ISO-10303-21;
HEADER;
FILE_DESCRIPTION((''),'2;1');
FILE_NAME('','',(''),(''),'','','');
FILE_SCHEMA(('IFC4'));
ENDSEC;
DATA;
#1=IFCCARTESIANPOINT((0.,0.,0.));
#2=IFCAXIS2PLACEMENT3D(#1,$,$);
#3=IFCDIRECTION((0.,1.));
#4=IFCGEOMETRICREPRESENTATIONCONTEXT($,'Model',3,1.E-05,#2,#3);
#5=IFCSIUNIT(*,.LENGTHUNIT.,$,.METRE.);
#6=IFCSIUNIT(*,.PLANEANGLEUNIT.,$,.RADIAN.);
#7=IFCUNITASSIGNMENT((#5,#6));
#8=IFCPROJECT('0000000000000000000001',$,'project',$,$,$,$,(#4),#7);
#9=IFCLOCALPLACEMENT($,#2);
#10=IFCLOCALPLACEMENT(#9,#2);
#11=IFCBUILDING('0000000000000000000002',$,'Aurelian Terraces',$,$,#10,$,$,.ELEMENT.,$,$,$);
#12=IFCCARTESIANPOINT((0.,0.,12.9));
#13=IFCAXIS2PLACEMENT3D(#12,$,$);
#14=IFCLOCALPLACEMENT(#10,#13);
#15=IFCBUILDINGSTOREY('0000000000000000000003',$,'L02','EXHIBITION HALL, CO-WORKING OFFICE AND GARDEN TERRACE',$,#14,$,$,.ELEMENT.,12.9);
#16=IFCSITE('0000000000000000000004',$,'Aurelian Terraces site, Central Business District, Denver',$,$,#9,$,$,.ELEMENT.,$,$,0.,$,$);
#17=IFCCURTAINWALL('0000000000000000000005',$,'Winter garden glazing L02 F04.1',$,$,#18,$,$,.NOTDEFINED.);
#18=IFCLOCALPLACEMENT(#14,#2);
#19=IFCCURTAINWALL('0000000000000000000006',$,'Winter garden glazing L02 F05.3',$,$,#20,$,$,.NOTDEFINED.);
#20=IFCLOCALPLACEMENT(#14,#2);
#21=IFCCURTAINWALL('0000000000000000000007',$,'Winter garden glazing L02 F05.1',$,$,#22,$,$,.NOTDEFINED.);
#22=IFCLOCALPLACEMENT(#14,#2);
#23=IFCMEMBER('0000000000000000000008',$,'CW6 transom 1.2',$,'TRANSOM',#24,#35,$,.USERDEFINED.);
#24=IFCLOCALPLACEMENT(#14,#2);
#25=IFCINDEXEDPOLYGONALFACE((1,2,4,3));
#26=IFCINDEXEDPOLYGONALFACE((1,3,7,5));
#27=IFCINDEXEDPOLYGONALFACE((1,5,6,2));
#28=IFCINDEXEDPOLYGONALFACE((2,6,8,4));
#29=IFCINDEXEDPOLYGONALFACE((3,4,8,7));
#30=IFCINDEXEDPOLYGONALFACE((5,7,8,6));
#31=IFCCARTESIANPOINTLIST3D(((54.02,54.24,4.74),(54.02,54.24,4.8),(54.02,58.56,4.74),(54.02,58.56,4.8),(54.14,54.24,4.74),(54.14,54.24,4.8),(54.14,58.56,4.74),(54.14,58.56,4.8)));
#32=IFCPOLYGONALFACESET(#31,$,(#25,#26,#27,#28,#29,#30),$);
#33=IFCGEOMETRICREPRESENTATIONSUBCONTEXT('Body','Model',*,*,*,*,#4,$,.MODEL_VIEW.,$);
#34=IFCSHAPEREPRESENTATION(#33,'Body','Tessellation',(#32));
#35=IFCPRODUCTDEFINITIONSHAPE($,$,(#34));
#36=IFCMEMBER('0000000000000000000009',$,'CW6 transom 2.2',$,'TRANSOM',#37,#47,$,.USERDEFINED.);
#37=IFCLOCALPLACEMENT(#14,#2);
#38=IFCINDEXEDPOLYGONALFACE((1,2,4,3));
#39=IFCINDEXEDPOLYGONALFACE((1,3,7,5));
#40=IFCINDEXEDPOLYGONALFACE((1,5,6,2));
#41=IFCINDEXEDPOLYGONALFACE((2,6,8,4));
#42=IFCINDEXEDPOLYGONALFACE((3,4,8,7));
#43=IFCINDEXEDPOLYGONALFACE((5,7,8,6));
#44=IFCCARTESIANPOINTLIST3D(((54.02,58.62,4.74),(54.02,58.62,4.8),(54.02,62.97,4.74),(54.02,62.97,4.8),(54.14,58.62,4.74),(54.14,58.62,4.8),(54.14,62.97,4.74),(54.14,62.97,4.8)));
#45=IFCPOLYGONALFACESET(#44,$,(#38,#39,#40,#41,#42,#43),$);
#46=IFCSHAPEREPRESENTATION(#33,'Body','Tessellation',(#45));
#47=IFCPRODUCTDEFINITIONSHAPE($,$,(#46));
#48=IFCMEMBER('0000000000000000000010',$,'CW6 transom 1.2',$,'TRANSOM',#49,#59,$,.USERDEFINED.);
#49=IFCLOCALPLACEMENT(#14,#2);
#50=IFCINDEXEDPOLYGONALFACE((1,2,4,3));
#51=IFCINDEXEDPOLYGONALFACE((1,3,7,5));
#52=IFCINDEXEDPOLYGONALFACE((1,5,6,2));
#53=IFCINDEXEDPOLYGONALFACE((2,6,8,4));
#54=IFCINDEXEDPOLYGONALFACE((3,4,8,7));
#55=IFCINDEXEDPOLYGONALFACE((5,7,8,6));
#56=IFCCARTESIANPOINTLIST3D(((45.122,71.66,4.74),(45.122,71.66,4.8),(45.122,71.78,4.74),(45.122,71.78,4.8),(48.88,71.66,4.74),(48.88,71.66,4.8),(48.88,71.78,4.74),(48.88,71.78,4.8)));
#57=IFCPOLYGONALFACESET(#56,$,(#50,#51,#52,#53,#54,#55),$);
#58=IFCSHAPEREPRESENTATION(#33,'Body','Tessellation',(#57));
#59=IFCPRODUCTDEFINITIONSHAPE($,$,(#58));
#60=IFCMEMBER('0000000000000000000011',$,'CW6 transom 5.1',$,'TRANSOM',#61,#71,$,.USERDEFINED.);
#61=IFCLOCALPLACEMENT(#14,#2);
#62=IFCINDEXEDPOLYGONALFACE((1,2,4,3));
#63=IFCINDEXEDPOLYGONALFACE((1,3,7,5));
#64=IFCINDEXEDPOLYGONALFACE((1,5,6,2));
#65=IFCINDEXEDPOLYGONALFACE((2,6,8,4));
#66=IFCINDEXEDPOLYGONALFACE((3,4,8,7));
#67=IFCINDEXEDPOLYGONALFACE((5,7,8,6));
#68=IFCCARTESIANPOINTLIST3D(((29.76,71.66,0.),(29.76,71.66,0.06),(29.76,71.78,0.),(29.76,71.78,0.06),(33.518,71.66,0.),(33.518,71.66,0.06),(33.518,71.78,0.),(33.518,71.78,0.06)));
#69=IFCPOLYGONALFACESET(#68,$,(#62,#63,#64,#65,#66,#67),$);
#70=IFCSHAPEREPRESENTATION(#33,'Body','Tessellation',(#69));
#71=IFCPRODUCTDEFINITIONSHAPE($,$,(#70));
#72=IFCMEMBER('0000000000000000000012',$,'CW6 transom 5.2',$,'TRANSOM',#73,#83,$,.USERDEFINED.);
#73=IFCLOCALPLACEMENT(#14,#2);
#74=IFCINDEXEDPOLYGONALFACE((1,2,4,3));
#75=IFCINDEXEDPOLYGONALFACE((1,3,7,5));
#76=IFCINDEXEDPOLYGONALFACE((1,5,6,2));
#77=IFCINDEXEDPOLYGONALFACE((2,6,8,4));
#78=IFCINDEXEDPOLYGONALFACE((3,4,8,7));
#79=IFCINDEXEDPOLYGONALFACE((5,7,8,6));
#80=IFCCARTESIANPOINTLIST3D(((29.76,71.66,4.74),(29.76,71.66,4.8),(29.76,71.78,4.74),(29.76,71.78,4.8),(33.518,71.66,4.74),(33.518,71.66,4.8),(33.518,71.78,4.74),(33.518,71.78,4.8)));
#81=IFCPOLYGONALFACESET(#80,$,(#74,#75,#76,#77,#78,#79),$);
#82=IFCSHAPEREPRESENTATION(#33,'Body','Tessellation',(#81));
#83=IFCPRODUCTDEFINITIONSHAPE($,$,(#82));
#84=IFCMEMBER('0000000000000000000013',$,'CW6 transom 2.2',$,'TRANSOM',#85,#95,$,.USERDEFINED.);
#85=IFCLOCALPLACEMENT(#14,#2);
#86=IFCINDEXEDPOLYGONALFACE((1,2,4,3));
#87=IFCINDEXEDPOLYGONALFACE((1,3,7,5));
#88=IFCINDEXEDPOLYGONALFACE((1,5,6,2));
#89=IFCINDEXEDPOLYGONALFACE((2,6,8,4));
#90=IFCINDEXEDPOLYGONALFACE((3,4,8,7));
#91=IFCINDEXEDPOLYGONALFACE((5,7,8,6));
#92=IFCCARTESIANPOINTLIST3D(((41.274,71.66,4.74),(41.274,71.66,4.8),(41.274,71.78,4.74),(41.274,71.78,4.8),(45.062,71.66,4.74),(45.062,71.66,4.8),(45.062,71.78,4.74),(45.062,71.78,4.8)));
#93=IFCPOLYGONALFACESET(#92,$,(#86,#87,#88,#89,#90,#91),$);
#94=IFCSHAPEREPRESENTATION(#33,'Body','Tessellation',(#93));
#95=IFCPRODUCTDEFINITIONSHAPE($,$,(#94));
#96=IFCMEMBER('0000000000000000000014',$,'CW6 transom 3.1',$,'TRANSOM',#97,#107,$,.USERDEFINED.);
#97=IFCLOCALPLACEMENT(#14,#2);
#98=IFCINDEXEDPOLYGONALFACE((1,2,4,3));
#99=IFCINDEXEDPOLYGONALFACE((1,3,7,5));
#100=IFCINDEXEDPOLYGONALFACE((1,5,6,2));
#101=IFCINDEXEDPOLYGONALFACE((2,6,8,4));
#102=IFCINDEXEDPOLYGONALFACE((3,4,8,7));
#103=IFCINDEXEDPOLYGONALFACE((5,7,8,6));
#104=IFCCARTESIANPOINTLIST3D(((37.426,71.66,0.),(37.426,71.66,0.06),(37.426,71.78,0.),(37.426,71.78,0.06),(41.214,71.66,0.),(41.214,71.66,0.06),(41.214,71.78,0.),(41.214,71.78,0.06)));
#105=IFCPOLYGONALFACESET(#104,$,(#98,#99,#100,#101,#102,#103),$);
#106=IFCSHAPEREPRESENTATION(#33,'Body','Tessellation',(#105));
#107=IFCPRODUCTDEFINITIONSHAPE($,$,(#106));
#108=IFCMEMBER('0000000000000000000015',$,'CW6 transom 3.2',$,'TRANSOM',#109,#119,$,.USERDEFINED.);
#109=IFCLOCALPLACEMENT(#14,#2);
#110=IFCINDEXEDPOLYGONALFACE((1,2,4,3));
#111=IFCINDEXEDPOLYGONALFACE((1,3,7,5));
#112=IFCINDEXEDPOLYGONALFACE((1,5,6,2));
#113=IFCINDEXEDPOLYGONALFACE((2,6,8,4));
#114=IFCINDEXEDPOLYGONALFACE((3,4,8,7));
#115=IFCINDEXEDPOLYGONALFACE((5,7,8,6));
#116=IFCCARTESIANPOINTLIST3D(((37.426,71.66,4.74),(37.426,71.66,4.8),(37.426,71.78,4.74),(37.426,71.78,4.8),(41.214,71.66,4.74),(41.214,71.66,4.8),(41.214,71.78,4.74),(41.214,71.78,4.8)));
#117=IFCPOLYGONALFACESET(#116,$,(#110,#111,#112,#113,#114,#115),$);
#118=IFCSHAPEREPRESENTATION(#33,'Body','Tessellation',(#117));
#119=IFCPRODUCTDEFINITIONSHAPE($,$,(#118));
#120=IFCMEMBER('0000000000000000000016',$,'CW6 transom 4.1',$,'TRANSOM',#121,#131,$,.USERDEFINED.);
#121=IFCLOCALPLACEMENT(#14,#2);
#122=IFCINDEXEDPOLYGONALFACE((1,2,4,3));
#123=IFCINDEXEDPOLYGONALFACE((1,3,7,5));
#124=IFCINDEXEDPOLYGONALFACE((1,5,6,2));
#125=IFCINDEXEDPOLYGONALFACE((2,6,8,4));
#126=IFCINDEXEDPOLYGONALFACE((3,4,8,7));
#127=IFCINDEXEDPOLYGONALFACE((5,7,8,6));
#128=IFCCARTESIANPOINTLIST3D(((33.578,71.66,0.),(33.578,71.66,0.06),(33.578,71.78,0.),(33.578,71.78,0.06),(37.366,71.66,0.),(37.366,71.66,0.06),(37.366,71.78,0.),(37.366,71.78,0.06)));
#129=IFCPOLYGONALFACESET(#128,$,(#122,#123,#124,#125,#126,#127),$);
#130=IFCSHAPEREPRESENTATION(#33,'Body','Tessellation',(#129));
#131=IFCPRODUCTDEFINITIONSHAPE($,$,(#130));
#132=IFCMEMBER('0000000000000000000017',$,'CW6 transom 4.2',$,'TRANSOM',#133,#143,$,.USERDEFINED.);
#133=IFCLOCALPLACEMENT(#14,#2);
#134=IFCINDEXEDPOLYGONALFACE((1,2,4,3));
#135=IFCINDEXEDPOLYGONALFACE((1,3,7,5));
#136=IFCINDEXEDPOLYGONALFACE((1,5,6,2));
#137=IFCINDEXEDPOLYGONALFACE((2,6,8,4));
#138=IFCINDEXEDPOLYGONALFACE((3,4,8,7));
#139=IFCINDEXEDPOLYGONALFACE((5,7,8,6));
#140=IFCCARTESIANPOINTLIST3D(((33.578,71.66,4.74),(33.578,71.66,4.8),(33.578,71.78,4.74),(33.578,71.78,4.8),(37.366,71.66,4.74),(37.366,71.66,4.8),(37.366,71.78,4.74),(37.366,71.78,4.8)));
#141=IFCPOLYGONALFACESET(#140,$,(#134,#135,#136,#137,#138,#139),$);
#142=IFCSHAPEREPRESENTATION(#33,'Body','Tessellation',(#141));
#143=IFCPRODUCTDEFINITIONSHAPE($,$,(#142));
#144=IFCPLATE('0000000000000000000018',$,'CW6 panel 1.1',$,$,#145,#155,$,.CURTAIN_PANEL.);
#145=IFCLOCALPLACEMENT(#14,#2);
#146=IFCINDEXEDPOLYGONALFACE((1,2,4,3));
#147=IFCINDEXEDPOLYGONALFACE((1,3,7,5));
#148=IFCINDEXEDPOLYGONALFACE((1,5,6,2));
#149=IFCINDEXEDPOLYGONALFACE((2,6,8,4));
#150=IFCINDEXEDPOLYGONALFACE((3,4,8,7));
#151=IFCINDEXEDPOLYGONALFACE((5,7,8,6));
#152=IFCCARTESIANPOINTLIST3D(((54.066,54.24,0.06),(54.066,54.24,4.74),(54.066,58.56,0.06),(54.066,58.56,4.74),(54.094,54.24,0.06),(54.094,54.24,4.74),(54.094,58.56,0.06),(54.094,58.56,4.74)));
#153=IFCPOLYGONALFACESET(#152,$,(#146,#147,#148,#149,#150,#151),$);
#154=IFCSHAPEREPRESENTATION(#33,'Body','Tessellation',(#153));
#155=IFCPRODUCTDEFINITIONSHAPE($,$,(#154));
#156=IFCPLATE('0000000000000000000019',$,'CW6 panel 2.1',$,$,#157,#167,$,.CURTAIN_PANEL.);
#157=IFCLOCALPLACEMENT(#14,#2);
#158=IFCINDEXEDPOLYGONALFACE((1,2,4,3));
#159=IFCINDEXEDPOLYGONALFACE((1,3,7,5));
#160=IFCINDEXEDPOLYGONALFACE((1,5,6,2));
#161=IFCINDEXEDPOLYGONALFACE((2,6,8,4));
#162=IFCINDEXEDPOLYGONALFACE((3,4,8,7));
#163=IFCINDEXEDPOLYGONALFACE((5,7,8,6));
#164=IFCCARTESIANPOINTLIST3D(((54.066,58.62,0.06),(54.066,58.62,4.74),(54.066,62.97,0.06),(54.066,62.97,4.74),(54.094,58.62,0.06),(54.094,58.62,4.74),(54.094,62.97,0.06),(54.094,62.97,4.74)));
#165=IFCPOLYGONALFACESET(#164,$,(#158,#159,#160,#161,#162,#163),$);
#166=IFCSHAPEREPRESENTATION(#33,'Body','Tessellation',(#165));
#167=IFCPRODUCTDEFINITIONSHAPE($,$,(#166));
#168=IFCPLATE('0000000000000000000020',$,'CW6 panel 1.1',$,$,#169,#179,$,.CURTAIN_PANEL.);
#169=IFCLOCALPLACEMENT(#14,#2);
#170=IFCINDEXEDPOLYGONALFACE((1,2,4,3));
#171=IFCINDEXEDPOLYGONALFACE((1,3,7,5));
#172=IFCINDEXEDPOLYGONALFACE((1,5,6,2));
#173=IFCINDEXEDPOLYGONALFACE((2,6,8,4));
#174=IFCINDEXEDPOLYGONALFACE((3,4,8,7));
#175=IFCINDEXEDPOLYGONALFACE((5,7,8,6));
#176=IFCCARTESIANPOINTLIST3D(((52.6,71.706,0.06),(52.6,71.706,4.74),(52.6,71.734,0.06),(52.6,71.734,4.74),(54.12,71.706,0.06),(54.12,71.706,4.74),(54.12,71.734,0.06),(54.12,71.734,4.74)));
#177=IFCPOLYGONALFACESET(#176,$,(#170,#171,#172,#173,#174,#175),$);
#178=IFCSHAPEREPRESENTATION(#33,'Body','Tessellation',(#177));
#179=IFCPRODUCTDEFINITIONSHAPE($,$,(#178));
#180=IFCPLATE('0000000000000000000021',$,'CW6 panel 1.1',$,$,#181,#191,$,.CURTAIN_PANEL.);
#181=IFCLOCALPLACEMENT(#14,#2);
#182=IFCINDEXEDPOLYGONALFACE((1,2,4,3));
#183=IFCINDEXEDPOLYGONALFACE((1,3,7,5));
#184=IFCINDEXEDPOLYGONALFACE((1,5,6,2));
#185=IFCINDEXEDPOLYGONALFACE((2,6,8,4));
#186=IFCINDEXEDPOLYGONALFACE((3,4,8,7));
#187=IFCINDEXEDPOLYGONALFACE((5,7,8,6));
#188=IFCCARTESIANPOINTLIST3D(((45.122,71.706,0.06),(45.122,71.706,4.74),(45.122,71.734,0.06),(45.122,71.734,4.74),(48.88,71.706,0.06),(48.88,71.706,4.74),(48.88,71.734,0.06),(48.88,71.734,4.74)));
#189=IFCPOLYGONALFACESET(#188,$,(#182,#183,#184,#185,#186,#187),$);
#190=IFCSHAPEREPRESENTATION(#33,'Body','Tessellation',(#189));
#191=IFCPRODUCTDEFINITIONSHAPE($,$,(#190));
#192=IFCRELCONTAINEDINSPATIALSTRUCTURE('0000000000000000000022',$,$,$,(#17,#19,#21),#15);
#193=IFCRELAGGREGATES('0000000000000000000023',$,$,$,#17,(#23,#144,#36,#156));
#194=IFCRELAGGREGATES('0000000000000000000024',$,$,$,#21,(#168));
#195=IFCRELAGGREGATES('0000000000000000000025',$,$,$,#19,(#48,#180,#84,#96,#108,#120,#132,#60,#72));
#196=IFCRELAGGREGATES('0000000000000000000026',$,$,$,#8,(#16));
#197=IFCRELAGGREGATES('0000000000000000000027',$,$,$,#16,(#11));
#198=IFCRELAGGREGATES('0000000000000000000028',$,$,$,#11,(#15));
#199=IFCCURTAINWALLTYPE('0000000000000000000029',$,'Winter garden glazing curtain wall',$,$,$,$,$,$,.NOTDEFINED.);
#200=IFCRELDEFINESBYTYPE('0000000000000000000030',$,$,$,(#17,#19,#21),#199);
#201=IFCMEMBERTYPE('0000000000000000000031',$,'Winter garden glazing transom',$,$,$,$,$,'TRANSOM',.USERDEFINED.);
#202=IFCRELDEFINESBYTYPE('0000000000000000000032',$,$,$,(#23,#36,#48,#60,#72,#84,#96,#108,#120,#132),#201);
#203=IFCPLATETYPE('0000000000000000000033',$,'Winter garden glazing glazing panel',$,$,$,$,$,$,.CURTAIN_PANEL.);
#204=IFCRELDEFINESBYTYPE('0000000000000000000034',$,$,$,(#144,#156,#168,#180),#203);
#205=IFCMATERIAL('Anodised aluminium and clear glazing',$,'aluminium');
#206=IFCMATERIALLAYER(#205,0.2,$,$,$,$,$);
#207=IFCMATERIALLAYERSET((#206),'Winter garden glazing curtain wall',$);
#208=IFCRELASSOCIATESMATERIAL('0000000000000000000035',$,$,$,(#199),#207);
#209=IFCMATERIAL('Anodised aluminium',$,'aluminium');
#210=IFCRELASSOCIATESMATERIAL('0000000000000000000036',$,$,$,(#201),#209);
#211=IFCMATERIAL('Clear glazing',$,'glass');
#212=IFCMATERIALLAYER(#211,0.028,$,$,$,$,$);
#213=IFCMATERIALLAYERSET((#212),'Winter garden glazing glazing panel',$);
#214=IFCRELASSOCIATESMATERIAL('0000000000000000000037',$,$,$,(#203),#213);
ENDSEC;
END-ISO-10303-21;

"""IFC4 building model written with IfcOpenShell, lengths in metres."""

from ifc_helpers import new_model, si_unit, direction, frame, origin, origin_2d, place, context, subcontext, project, spatial, rectangle, extrude, source, transform, mapped, material, layer, layer_set, material_profile, profile_set, type_object, element, aggregate, save


model = new_model("IFC4")

# Units and contexts
model_context = context("Model", 3, precision=1e-05, world=origin(), true_north=direction((0.0, 1.0)))
body_context = subcontext(model_context, "Body", "Model", "MODEL_VIEW")
ifc_project = project(units=[si_unit("LENGTHUNIT", "METRE"), si_unit("PLANEANGLEUNIT", "RADIAN")], contexts=[model_context])

# Site, building, storey
site_placement = place(None, origin())
site = spatial("IfcSite", under=ifc_project, at=site_placement, Name="Aurelian Terraces site, Central Business District, Denver", CompositionType="ELEMENT", RefElevation=0.0)
building_placement = place(site_placement, origin())
building = spatial("IfcBuilding", under=site, at=building_placement, Name="Aurelian Terraces", CompositionType="ELEMENT")
storey_placement = place(building_placement, frame((0.0, 0.0, 12.9)))
storey = spatial("IfcBuildingStorey", under=building, at=storey_placement, Name="L02", Description="EXHIBITION HALL, CO-WORKING OFFICE AND GARDEN TERRACE", CompositionType="ELEMENT", Elevation=12.9)

# Curtain walls
ifc_material_1 = material(Name="Anodised aluminium and clear glazing", Category="aluminium")
ifc_layer_1 = layer(ifc_material_1, 0.2)
ifc_layer_set_1 = layer_set([ifc_layer_1], Name="Winter garden glazing curtain wall")
curtain_wall_type = type_object("IfcCurtainWallType", Name="Winter garden glazing curtain wall", PredefinedType="NOTDEFINED", material=ifc_layer_set_1)
curtain_wall_1_placement = place(storey_placement, origin())
curtain_wall_1 = element("IfcCurtainWall", 1, at=curtain_wall_1_placement, inside=storey, type_object=curtain_wall_type, Name="Winter garden glazing L02 F04.1", PredefinedType="NOTDEFINED")
ifc_material_2 = material(Name="Anodised aluminium", Category="aluminium")
ifc_material_profile_1 = material_profile(ifc_material_2, rectangle(XDim=0.12, YDim=0.06, at=origin_2d()))
ifc_profile_set_1 = profile_set([ifc_material_profile_1], Name="Anodised aluminium")
member_type_1 = type_object("IfcMemberType", Name="Winter garden glazing transom", ElementType="TRANSOM", PredefinedType="USERDEFINED", material=ifc_profile_set_1)
curtain_wall_2_placement = place(storey_placement, origin())
curtain_wall_2 = element("IfcCurtainWall", 2, at=curtain_wall_2_placement, inside=storey, type_object=curtain_wall_type, Name="Winter garden glazing L02 F05.3", PredefinedType="NOTDEFINED")

# Curtain wall
curtain_wall_3_placement = place(storey_placement, origin())
curtain_wall_3 = element("IfcCurtainWall", 3, at=curtain_wall_3_placement, inside=storey, type_object=curtain_wall_type, Name="Winter garden glazing L02 F05.1", PredefinedType="NOTDEFINED")

# Members
shared_shape_1 = source(origin(), body_context, "Body", "SweptSolid", [
    extrude(rectangle(XDim=0.12, YDim=0.06, at=origin_2d()), origin(), (0.0, 0.0, 1.0), 4.32),
])
member_1_placement = place(storey_placement, frame((54.08, 54.24, 4.77), z_axis=(0.0, 1.0, 0.0), x_axis=(-1.0, 0.0, 0.0)))
member_1 = element("IfcMember", 4, at=member_1_placement, type_object=member_type_1, Name="CW6 transom 1.2", ObjectType="TRANSOM", PredefinedType="USERDEFINED", context=body_context, shape_type="MappedRepresentation", body=[
    mapped(shared_shape_1, transform((0.0, 0.0, 0.0), scale=1.0)),
])
shared_shape_2 = source(origin(), body_context, "Body", "SweptSolid", [
    extrude(rectangle(XDim=0.12, YDim=0.06, at=origin_2d()), origin(), (0.0, 0.0, 1.0), 4.35),
])
member_2_placement = place(storey_placement, frame((54.08, 58.62, 4.77), z_axis=(0.0, 1.0, 0.0), x_axis=(-1.0, 0.0, 0.0)))
member_2 = element("IfcMember", 5, at=member_2_placement, type_object=member_type_1, Name="CW6 transom 2.2", ObjectType="TRANSOM", PredefinedType="USERDEFINED", context=body_context, shape_type="MappedRepresentation", body=[
    mapped(shared_shape_2, transform((0.0, 0.0, 0.0), scale=1.0)),
])
shared_shape_3 = source(origin(), body_context, "Body", "SweptSolid", [
    extrude(rectangle(XDim=0.12, YDim=0.06, at=origin_2d()), origin(), (0.0, 0.0, 1.0), 3.758),
])
member_3_placement = place(storey_placement, frame((48.88, 71.72, 4.77), z_axis=(-1.0, 0.0, 0.0), x_axis=(0.0, -1.0, 0.0)))
member_3 = element("IfcMember", 6, at=member_3_placement, type_object=member_type_1, Name="CW6 transom 1.2", ObjectType="TRANSOM", PredefinedType="USERDEFINED", context=body_context, shape_type="MappedRepresentation", body=[
    mapped(shared_shape_3, transform((0.0, 0.0, 0.0), scale=1.0)),
])
member_4_placement = place(storey_placement, frame((33.518, 71.72, 0.03), z_axis=(-1.0, 0.0, 0.0), x_axis=(0.0, -1.0, 0.0)))
member_4 = element("IfcMember", 7, at=member_4_placement, type_object=member_type_1, Name="CW6 transom 5.1", ObjectType="TRANSOM", PredefinedType="USERDEFINED", context=body_context, shape_type="MappedRepresentation", body=[
    mapped(shared_shape_3, transform((0.0, 0.0, 0.0), scale=1.0)),
])
member_5_placement = place(storey_placement, frame((33.518, 71.72, 4.77), z_axis=(-1.0, 0.0, 0.0), x_axis=(0.0, -1.0, 0.0)))
member_5 = element("IfcMember", 8, at=member_5_placement, type_object=member_type_1, Name="CW6 transom 5.2", ObjectType="TRANSOM", PredefinedType="USERDEFINED", context=body_context, shape_type="MappedRepresentation", body=[
    mapped(shared_shape_3, transform((0.0, 0.0, 0.0), scale=1.0)),
])
shared_shape_4 = source(origin(), body_context, "Body", "SweptSolid", [
    extrude(rectangle(XDim=0.12, YDim=0.06, at=origin_2d()), origin(), (0.0, 0.0, 1.0), 3.788),
])
member_6_placement = place(storey_placement, frame((45.062, 71.72, 4.77), z_axis=(-1.0, 0.0, 0.0), x_axis=(0.0, -1.0, 0.0)))
member_6 = element("IfcMember", 9, at=member_6_placement, type_object=member_type_1, Name="CW6 transom 2.2", ObjectType="TRANSOM", PredefinedType="USERDEFINED", context=body_context, shape_type="MappedRepresentation", body=[
    mapped(shared_shape_4, transform((0.0, 0.0, 0.0), scale=1.0)),
])
member_7_placement = place(storey_placement, frame((41.214, 71.72, 0.03), z_axis=(-1.0, 0.0, 0.0), x_axis=(0.0, -1.0, 0.0)))
member_7 = element("IfcMember", 10, at=member_7_placement, type_object=member_type_1, Name="CW6 transom 3.1", ObjectType="TRANSOM", PredefinedType="USERDEFINED", context=body_context, shape_type="MappedRepresentation", body=[
    mapped(shared_shape_4, transform((0.0, 0.0, 0.0), scale=1.0)),
])
member_8_placement = place(storey_placement, frame((41.214, 71.72, 4.77), z_axis=(-1.0, 0.0, 0.0), x_axis=(0.0, -1.0, 0.0)))
member_8 = element("IfcMember", 11, at=member_8_placement, type_object=member_type_1, Name="CW6 transom 3.2", ObjectType="TRANSOM", PredefinedType="USERDEFINED", context=body_context, shape_type="MappedRepresentation", body=[
    mapped(shared_shape_4, transform((0.0, 0.0, 0.0), scale=1.0)),
])
member_9_placement = place(storey_placement, frame((37.366, 71.72, 0.03), z_axis=(-1.0, 0.0, 0.0), x_axis=(0.0, -1.0, 0.0)))
member_9 = element("IfcMember", 12, at=member_9_placement, type_object=member_type_1, Name="CW6 transom 4.1", ObjectType="TRANSOM", PredefinedType="USERDEFINED", context=body_context, shape_type="MappedRepresentation", body=[
    mapped(shared_shape_4, transform((0.0, 0.0, 0.0), scale=1.0)),
])
member_10_placement = place(storey_placement, frame((37.366, 71.72, 4.77), z_axis=(-1.0, 0.0, 0.0), x_axis=(0.0, -1.0, 0.0)))
member_10 = element("IfcMember", 13, at=member_10_placement, type_object=member_type_1, Name="CW6 transom 4.2", ObjectType="TRANSOM", PredefinedType="USERDEFINED", context=body_context, shape_type="MappedRepresentation", body=[
    mapped(shared_shape_4, transform((0.0, 0.0, 0.0), scale=1.0)),
])

# Plates
ifc_material_3 = material(Name="Clear glazing", Category="glass")
ifc_layer_2 = layer(ifc_material_3, 0.028)
ifc_layer_set_2 = layer_set([ifc_layer_2], Name="Winter garden glazing glazing panel")
plate_type = type_object("IfcPlateType", Name="Winter garden glazing glazing panel", PredefinedType="CURTAIN_PANEL", material=ifc_layer_set_2)
plate_1_placement = place(storey_placement, frame((54.08, 56.4, 0.06), z_axis=(0.0, 0.0, 1.0), x_axis=(0.0, 1.0, 0.0)))
plate_1 = element("IfcPlate", 14, at=plate_1_placement, type_object=plate_type, Name="CW6 panel 1.1", PredefinedType="CURTAIN_PANEL", context=body_context, shape_type="SweptSolid", body=[
    extrude(rectangle(XDim=4.32, YDim=0.028, at=origin_2d()), origin(), (0.0, 0.0, 1.0), 4.68),
])
plate_2_placement = place(storey_placement, frame((54.08, 60.795, 0.06), z_axis=(0.0, 0.0, 1.0), x_axis=(0.0, 1.0, 0.0)))
plate_2 = element("IfcPlate", 15, at=plate_2_placement, type_object=plate_type, Name="CW6 panel 2.1", PredefinedType="CURTAIN_PANEL", context=body_context, shape_type="SweptSolid", body=[
    extrude(rectangle(XDim=4.35, YDim=0.028, at=origin_2d()), origin(), (0.0, 0.0, 1.0), 4.68),
])
aggregate(curtain_wall_1, [member_1, plate_1, member_2, plate_2])
plate_3_placement = place(storey_placement, frame((53.36, 71.72, 0.06), z_axis=(0.0, 0.0, 1.0), x_axis=(-1.0, 0.0, 0.0)))
plate_3 = element("IfcPlate", 16, at=plate_3_placement, type_object=plate_type, Name="CW6 panel 1.1", PredefinedType="CURTAIN_PANEL", context=body_context, shape_type="SweptSolid", body=[
    extrude(rectangle(XDim=1.52, YDim=0.028, at=origin_2d()), origin(), (0.0, 0.0, 1.0), 4.68),
])
aggregate(curtain_wall_3, [plate_3])
plate_4_placement = place(storey_placement, frame((47.001, 71.72, 0.06), z_axis=(0.0, 0.0, 1.0), x_axis=(-1.0, 0.0, 0.0)))
plate_4 = element("IfcPlate", 17, at=plate_4_placement, type_object=plate_type, Name="CW6 panel 1.1", PredefinedType="CURTAIN_PANEL", context=body_context, shape_type="SweptSolid", body=[
    extrude(rectangle(XDim=3.758, YDim=0.028, at=origin_2d()), origin(), (0.0, 0.0, 1.0), 4.68),
])
aggregate(curtain_wall_2, [member_3, plate_4, member_6, member_7, member_8, member_9, member_10, member_4, member_5])

save(model, "model.ifc")
